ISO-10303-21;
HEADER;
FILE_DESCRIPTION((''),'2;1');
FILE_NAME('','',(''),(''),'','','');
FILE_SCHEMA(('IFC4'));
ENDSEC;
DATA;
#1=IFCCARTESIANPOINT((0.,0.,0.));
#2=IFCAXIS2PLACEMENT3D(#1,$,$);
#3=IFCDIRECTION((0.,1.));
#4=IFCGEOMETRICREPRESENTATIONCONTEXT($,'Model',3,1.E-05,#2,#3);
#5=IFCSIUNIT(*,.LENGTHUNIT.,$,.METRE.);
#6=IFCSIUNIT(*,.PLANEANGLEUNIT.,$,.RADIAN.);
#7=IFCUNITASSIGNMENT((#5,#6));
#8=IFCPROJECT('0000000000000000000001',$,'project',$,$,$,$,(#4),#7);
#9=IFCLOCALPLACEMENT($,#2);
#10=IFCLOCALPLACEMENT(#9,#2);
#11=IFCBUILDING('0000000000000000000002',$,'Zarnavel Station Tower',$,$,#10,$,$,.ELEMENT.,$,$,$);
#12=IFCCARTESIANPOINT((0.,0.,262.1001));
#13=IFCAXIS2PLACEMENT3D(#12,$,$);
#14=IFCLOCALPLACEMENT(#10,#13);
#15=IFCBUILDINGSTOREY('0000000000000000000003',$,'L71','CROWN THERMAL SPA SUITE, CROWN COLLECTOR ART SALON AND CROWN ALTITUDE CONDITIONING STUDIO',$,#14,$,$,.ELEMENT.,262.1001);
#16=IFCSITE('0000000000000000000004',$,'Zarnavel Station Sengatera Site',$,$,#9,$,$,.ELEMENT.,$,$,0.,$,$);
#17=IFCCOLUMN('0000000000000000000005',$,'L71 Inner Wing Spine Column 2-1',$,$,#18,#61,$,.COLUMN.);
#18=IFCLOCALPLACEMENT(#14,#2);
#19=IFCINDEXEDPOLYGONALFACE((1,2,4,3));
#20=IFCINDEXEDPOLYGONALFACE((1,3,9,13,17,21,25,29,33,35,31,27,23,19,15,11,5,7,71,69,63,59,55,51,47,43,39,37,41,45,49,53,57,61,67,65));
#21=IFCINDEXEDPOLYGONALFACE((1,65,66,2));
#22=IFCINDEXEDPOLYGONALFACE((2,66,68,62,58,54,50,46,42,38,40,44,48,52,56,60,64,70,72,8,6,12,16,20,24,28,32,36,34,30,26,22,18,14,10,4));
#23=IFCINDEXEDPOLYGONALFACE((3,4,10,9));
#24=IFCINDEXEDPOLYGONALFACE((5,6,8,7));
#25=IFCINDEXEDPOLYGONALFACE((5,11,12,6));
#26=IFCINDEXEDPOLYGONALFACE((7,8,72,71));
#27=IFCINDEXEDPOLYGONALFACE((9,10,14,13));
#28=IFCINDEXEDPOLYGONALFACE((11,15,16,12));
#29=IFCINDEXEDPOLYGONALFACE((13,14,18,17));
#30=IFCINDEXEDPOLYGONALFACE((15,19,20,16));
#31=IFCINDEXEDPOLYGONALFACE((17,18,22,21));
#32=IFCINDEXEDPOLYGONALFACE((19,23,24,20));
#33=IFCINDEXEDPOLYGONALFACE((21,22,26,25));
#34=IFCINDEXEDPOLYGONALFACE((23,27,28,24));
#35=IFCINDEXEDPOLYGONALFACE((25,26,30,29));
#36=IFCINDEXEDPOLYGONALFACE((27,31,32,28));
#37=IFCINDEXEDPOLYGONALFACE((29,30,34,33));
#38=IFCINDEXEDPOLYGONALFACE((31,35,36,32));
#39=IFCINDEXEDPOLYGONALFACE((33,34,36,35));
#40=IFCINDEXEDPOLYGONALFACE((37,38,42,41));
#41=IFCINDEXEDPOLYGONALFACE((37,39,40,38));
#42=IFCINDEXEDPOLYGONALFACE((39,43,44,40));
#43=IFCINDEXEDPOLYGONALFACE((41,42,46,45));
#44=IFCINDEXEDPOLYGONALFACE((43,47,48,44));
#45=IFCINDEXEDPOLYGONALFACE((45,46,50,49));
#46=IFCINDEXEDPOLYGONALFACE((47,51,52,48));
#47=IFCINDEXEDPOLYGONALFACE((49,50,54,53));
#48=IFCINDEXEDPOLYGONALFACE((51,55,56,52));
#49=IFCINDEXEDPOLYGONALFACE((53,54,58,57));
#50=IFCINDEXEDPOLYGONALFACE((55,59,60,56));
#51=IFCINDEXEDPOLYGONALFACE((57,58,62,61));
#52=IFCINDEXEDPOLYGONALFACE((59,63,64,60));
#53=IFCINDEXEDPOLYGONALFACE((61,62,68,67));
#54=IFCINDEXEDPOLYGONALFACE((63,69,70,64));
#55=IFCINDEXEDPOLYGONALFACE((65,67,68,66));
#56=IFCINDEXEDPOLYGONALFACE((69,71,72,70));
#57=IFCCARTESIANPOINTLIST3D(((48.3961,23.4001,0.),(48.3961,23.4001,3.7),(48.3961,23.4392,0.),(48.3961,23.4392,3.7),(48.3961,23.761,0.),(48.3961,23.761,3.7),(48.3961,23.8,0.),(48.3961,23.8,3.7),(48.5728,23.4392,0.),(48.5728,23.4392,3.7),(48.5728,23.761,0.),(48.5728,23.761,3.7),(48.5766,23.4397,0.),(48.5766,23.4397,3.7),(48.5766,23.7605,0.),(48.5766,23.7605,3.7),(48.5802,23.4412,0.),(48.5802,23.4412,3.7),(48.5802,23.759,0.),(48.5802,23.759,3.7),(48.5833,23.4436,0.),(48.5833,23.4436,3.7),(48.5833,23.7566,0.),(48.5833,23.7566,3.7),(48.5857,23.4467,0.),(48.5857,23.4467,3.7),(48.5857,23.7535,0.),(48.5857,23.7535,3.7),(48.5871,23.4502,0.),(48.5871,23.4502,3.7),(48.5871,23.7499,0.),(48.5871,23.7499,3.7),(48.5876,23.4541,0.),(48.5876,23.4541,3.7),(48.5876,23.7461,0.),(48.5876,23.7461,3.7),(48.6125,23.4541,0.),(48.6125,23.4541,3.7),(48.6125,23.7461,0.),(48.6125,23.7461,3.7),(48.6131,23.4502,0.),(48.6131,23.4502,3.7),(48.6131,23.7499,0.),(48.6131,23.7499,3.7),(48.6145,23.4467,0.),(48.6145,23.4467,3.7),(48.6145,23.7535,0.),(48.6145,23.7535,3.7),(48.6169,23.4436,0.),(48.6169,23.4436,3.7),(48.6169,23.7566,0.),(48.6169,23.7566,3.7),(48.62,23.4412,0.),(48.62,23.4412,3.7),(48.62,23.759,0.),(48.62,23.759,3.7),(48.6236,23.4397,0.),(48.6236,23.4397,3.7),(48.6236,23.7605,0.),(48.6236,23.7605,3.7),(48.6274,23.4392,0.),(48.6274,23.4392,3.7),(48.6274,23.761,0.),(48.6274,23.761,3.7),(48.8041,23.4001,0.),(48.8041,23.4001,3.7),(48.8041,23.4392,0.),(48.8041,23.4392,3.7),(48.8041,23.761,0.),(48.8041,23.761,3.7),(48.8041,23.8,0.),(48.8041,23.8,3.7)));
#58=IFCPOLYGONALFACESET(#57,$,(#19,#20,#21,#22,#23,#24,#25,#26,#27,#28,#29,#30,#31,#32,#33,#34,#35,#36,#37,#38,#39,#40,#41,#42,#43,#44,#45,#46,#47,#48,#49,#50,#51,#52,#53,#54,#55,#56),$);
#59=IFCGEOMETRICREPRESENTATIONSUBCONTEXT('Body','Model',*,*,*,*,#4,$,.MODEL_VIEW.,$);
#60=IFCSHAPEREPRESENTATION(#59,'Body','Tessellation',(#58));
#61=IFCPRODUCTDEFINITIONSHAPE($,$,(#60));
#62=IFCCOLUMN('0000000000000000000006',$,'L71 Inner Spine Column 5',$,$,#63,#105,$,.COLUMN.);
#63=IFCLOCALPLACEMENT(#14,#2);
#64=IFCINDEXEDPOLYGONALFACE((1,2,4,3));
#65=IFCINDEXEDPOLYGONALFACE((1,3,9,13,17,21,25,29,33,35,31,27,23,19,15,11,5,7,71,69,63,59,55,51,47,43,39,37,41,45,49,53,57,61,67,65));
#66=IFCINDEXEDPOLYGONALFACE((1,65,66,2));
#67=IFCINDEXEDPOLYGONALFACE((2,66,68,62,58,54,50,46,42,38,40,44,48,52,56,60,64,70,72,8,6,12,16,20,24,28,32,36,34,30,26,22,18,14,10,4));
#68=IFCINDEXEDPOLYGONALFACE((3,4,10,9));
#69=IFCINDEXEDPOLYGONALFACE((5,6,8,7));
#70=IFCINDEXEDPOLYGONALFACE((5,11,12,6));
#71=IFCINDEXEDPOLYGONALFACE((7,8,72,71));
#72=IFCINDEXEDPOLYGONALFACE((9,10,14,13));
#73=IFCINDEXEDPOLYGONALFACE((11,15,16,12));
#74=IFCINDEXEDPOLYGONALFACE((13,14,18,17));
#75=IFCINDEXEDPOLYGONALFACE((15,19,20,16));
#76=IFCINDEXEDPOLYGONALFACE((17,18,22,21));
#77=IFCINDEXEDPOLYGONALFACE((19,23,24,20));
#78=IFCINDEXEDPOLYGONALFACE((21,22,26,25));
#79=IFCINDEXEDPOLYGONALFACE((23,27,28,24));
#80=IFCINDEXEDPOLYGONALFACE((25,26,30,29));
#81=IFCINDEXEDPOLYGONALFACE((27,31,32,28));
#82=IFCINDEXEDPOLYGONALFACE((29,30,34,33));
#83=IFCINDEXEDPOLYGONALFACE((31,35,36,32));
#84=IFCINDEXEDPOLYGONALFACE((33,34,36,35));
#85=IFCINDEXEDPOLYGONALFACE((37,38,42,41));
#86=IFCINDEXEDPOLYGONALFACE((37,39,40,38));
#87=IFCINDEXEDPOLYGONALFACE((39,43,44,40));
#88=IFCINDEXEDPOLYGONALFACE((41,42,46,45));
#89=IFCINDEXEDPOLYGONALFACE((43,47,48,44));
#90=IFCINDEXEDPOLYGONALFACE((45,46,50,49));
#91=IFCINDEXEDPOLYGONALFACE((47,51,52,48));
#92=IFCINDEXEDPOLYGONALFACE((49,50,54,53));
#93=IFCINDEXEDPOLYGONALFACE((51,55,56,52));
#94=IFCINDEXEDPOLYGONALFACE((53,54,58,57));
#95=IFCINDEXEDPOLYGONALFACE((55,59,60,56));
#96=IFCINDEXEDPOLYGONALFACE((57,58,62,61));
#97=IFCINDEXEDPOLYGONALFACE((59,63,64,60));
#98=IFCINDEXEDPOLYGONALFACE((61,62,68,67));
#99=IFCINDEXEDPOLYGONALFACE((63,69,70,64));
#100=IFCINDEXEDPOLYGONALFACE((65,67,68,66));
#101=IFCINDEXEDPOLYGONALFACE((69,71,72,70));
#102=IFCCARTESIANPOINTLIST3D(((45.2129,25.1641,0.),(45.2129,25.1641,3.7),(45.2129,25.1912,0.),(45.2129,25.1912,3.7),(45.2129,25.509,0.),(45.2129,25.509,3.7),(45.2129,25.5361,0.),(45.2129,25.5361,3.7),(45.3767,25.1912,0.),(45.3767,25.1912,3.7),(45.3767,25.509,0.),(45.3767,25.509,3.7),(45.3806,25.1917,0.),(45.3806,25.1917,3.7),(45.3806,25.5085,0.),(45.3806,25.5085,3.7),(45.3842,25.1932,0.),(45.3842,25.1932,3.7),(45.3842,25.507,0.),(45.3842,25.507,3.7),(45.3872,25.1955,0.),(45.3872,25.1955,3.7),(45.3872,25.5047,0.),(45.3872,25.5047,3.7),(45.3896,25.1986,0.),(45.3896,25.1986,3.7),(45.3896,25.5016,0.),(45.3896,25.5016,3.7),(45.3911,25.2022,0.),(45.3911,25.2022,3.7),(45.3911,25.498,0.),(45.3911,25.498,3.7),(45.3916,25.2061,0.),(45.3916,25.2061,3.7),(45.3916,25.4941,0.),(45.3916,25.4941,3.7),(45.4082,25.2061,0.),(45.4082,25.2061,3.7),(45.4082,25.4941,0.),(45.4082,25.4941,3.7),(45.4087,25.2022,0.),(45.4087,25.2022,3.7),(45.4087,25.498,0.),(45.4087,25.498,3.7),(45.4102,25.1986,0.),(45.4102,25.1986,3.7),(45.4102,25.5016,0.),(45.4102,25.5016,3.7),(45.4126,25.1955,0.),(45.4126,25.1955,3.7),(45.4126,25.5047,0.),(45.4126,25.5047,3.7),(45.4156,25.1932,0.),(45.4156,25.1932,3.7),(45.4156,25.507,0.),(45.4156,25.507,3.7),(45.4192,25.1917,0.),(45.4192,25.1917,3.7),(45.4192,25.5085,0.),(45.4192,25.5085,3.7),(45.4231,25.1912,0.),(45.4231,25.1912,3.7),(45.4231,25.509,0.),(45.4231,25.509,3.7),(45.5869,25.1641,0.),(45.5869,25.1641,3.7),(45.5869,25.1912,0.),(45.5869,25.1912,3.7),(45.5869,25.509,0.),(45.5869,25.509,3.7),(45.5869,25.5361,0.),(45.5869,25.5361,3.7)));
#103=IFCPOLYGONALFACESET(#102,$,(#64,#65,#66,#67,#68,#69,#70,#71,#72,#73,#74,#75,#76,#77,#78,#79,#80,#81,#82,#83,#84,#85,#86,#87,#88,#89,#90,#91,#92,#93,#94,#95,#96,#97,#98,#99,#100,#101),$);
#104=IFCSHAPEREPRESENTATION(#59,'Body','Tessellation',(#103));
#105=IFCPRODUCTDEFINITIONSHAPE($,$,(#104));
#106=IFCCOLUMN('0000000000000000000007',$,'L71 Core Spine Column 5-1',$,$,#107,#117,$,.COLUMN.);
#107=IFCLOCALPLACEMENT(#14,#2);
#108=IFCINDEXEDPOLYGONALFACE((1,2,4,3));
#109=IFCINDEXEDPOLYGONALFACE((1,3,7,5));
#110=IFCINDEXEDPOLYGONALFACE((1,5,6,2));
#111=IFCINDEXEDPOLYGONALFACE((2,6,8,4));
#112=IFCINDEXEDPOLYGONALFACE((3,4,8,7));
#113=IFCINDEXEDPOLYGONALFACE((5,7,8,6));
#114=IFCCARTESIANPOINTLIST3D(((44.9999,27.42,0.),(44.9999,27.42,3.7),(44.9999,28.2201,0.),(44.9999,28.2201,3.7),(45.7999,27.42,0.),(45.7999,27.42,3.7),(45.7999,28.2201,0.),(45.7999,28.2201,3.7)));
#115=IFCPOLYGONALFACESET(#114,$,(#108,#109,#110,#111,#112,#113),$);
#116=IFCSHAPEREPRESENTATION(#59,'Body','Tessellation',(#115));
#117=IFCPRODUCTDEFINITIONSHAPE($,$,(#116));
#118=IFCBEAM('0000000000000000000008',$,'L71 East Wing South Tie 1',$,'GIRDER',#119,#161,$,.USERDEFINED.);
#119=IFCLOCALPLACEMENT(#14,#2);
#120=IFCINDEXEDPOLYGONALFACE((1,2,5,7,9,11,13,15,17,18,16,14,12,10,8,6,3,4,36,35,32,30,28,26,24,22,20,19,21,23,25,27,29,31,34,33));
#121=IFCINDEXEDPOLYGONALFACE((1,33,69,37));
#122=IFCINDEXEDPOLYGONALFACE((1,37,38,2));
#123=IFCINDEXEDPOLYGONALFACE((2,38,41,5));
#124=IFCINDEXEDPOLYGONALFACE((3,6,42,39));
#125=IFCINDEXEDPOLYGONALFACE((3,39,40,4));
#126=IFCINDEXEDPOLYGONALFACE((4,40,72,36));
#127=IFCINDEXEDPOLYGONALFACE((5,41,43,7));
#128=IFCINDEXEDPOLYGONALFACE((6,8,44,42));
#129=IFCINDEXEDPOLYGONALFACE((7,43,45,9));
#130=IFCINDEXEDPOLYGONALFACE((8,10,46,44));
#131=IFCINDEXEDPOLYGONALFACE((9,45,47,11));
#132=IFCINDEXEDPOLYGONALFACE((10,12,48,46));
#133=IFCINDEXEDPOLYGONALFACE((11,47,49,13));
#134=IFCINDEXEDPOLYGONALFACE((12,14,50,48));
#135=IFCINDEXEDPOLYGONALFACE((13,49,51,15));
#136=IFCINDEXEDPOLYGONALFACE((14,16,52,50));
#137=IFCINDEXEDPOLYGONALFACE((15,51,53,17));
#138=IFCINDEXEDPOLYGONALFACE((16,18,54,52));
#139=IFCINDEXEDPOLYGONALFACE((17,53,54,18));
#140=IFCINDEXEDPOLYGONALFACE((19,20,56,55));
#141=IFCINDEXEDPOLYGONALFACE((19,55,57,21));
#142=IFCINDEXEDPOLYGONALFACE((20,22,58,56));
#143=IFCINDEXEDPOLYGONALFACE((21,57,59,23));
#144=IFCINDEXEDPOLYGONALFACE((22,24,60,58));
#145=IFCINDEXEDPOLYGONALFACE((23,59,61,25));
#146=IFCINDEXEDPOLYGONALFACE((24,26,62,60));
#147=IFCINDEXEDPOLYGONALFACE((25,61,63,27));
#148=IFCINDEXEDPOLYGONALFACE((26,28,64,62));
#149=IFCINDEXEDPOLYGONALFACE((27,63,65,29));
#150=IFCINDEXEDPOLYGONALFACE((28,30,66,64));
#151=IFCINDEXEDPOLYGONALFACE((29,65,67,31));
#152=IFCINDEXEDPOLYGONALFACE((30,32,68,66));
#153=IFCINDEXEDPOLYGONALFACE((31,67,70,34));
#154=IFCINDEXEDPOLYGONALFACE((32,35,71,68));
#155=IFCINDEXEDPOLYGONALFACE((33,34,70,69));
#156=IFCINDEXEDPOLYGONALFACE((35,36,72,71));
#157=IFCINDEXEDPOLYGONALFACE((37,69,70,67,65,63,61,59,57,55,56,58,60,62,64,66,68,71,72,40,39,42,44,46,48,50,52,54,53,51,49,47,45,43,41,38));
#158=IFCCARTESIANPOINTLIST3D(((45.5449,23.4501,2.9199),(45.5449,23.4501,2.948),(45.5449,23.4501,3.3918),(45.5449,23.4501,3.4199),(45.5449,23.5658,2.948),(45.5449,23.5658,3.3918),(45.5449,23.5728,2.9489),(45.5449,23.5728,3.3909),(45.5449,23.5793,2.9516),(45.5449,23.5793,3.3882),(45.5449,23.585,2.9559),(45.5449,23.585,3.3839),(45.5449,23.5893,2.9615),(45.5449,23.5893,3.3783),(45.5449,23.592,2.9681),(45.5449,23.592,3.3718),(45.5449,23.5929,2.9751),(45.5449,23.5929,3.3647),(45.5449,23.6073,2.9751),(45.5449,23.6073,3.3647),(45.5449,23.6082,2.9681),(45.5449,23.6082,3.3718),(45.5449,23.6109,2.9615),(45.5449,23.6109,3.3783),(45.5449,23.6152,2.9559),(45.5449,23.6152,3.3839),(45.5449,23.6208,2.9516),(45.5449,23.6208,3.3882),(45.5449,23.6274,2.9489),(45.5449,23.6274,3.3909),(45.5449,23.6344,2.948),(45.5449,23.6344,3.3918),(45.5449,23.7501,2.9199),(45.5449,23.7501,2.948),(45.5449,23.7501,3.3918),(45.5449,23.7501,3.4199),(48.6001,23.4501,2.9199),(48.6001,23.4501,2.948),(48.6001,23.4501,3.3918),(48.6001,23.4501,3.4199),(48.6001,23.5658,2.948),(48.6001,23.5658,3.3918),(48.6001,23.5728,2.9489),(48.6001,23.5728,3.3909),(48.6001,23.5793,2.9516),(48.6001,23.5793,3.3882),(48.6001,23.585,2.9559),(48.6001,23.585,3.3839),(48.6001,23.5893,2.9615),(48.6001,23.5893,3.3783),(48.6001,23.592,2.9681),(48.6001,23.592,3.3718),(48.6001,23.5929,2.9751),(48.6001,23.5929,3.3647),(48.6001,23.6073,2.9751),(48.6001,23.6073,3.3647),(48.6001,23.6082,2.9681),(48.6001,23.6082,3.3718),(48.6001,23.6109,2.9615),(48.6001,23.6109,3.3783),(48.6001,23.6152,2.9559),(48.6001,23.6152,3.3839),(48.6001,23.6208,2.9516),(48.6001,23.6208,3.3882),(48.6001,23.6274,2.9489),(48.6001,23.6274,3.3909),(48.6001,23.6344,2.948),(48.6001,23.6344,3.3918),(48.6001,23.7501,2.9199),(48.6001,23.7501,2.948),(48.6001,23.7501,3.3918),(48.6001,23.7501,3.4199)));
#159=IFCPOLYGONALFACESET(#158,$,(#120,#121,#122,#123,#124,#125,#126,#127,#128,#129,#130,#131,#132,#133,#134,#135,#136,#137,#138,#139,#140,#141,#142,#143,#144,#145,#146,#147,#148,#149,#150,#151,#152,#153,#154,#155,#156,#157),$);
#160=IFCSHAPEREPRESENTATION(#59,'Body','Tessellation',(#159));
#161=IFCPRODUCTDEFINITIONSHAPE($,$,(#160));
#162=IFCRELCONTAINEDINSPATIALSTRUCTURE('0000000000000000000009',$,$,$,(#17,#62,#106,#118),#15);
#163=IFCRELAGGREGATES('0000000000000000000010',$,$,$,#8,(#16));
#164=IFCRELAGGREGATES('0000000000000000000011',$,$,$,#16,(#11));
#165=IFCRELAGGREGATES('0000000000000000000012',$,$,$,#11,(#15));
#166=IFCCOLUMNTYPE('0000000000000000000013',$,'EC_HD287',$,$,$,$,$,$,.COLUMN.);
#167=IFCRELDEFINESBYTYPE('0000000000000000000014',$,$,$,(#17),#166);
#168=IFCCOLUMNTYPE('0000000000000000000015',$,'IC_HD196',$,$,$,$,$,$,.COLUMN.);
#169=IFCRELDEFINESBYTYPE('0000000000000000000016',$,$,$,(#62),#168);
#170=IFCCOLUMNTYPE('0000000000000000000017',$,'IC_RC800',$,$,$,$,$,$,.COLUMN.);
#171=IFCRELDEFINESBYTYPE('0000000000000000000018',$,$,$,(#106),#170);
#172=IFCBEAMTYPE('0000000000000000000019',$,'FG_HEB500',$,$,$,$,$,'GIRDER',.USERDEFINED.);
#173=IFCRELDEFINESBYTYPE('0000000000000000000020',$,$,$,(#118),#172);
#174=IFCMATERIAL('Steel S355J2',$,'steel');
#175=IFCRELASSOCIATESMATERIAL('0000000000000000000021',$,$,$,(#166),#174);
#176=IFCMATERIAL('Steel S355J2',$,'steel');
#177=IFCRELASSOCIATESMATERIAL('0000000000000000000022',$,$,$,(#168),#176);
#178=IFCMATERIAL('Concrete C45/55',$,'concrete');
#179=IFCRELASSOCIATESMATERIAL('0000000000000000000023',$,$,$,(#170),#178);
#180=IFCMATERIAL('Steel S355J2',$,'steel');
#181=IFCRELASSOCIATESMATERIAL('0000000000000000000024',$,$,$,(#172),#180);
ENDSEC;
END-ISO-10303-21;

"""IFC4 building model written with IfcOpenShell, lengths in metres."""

from ifc_helpers import new_model, si_unit, direction, frame, origin, origin_2d, place, context, subcontext, project, spatial, rectangle, i_section, extrude, material, material_profile, profile_set, type_object, element, save


model = new_model("IFC4")

# Units and contexts
model_context = context("Model", 3, precision=1e-05, world=origin(), true_north=direction((0.0, 1.0)))
body_context = subcontext(model_context, "Body", "Model", "MODEL_VIEW")
ifc_project = project(units=[si_unit("LENGTHUNIT", "METRE"), si_unit("PLANEANGLEUNIT", "RADIAN")], contexts=[model_context])

# Site, building, storey
site_placement = place(None, origin())
site = spatial("IfcSite", under=ifc_project, at=site_placement, Name="Zarnavel Station Sengatera Site", CompositionType="ELEMENT", RefElevation=0.0)
building_placement = place(site_placement, origin())
building = spatial("IfcBuilding", under=site, at=building_placement, Name="Zarnavel Station Tower", CompositionType="ELEMENT")
storey_placement = place(building_placement, frame((0.0, 0.0, 262.1001)))
storey = spatial("IfcBuildingStorey", under=building, at=storey_placement, Name="L71", Description="CROWN THERMAL SPA SUITE, CROWN COLLECTOR ART SALON AND CROWN ALTITUDE CONDITIONING STUDIO", CompositionType="ELEMENT", Elevation=262.1001)

# Columns
ifc_material_1 = material(Name="Steel S355J2", Category="steel")
ifc_material_profile_1 = material_profile(ifc_material_1, i_section(OverallWidth=0.408, OverallDepth=0.3999, WebThickness=0.0249, FlangeThickness=0.0391, FilletRadius=0.0149, at=origin_2d()), Name="HD400x287")
ifc_profile_set_1 = profile_set([ifc_material_profile_1], Name="Steel S355J2")
column_type_1 = type_object("IfcColumnType", Name="EC_HD287", PredefinedType="COLUMN", material=ifc_profile_set_1)
column_1_placement = place(storey_placement, frame((48.6001, 23.6001, 0.0), z_axis=(0.0, 0.0, 1.0), x_axis=(1.0, 0.0, 0.0)))
element("IfcColumn", 1, at=column_1_placement, inside=storey, type_object=column_type_1, Name="L71 Inner Wing Spine Column 2-1", PredefinedType="COLUMN", context=body_context, shape_type="SweptSolid", body=[
    extrude(i_section(OverallWidth=0.408, OverallDepth=0.3999, WebThickness=0.0249, FlangeThickness=0.0391, FilletRadius=0.0149, at=origin_2d()), origin(), (0.0, 0.0, 1.0), 3.7),
])
ifc_material_2 = material(Name="Steel S355J2", Category="steel")
ifc_material_profile_2 = material_profile(ifc_material_2, i_section(OverallWidth=0.374, OverallDepth=0.3721, WebThickness=0.0166, FlangeThickness=0.0271, FilletRadius=0.0149, at=origin_2d()), Name="HD360x196")
ifc_profile_set_2 = profile_set([ifc_material_profile_2], Name="Steel S355J2")
column_type_2 = type_object("IfcColumnType", Name="IC_HD196", PredefinedType="COLUMN", material=ifc_profile_set_2)
column_2_placement = place(storey_placement, frame((45.3999, 25.3501, 0.0), z_axis=(0.0, 0.0, 1.0), x_axis=(1.0, 0.0, 0.0)))
element("IfcColumn", 2, at=column_2_placement, inside=storey, type_object=column_type_2, Name="L71 Inner Spine Column 5", PredefinedType="COLUMN", context=body_context, shape_type="SweptSolid", body=[
    extrude(i_section(OverallWidth=0.374, OverallDepth=0.3721, WebThickness=0.0166, FlangeThickness=0.0271, FilletRadius=0.0149, at=origin_2d()), origin(), (0.0, 0.0, 1.0), 3.7),
])
ifc_material_3 = material(Name="Concrete C45/55", Category="concrete")
ifc_material_profile_3 = material_profile(ifc_material_3, rectangle(XDim=0.8, YDim=0.8, at=origin_2d()), Name="RC800x800")
ifc_profile_set_3 = profile_set([ifc_material_profile_3], Name="Concrete C45/55")
column_type_3 = type_object("IfcColumnType", Name="IC_RC800", PredefinedType="COLUMN", material=ifc_profile_set_3)
column_3_placement = place(storey_placement, frame((45.3999, 27.8201, 0.0), z_axis=(0.0, 0.0, 1.0), x_axis=(1.0, 0.0, 0.0)))
element("IfcColumn", 3, at=column_3_placement, inside=storey, type_object=column_type_3, Name="L71 Core Spine Column 5-1", PredefinedType="COLUMN", context=body_context, shape_type="SweptSolid", body=[
    extrude(rectangle(XDim=0.8, YDim=0.8, at=origin_2d()), origin(), (0.0, 0.0, 1.0), 3.7),
])

# Beam
ifc_material_4 = material(Name="Steel S355J2", Category="steel")
ifc_material_profile_4 = material_profile(ifc_material_4, i_section(OverallWidth=0.3, OverallDepth=0.5, WebThickness=0.0144, FlangeThickness=0.0281, FilletRadius=0.0271, at=origin_2d()), Name="HEB500")
ifc_profile_set_4 = profile_set([ifc_material_profile_4], Name="Steel S355J2")
beam_type_1 = type_object("IfcBeamType", Name="FG_HEB500", ElementType="GIRDER", PredefinedType="USERDEFINED", material=ifc_profile_set_4)
beam_1_placement = place(storey_placement, frame((45.5449, 23.6001, 3.1699), z_axis=(1.0, 0.0, 0.0), x_axis=(0.0, 1.0, 0.0)))
element("IfcBeam", 4, at=beam_1_placement, inside=storey, type_object=beam_type_1, Name="L71 East Wing South Tie 1", ObjectType="GIRDER", PredefinedType="USERDEFINED", context=body_context, shape_type="SweptSolid", body=[
    extrude(i_section(OverallWidth=0.3, OverallDepth=0.5, WebThickness=0.0144, FlangeThickness=0.0281, FilletRadius=0.0271, at=origin_2d()), origin(), (0.0, 0.0, 1.0), 3.0552),
])

save(model, "model.ifc")
